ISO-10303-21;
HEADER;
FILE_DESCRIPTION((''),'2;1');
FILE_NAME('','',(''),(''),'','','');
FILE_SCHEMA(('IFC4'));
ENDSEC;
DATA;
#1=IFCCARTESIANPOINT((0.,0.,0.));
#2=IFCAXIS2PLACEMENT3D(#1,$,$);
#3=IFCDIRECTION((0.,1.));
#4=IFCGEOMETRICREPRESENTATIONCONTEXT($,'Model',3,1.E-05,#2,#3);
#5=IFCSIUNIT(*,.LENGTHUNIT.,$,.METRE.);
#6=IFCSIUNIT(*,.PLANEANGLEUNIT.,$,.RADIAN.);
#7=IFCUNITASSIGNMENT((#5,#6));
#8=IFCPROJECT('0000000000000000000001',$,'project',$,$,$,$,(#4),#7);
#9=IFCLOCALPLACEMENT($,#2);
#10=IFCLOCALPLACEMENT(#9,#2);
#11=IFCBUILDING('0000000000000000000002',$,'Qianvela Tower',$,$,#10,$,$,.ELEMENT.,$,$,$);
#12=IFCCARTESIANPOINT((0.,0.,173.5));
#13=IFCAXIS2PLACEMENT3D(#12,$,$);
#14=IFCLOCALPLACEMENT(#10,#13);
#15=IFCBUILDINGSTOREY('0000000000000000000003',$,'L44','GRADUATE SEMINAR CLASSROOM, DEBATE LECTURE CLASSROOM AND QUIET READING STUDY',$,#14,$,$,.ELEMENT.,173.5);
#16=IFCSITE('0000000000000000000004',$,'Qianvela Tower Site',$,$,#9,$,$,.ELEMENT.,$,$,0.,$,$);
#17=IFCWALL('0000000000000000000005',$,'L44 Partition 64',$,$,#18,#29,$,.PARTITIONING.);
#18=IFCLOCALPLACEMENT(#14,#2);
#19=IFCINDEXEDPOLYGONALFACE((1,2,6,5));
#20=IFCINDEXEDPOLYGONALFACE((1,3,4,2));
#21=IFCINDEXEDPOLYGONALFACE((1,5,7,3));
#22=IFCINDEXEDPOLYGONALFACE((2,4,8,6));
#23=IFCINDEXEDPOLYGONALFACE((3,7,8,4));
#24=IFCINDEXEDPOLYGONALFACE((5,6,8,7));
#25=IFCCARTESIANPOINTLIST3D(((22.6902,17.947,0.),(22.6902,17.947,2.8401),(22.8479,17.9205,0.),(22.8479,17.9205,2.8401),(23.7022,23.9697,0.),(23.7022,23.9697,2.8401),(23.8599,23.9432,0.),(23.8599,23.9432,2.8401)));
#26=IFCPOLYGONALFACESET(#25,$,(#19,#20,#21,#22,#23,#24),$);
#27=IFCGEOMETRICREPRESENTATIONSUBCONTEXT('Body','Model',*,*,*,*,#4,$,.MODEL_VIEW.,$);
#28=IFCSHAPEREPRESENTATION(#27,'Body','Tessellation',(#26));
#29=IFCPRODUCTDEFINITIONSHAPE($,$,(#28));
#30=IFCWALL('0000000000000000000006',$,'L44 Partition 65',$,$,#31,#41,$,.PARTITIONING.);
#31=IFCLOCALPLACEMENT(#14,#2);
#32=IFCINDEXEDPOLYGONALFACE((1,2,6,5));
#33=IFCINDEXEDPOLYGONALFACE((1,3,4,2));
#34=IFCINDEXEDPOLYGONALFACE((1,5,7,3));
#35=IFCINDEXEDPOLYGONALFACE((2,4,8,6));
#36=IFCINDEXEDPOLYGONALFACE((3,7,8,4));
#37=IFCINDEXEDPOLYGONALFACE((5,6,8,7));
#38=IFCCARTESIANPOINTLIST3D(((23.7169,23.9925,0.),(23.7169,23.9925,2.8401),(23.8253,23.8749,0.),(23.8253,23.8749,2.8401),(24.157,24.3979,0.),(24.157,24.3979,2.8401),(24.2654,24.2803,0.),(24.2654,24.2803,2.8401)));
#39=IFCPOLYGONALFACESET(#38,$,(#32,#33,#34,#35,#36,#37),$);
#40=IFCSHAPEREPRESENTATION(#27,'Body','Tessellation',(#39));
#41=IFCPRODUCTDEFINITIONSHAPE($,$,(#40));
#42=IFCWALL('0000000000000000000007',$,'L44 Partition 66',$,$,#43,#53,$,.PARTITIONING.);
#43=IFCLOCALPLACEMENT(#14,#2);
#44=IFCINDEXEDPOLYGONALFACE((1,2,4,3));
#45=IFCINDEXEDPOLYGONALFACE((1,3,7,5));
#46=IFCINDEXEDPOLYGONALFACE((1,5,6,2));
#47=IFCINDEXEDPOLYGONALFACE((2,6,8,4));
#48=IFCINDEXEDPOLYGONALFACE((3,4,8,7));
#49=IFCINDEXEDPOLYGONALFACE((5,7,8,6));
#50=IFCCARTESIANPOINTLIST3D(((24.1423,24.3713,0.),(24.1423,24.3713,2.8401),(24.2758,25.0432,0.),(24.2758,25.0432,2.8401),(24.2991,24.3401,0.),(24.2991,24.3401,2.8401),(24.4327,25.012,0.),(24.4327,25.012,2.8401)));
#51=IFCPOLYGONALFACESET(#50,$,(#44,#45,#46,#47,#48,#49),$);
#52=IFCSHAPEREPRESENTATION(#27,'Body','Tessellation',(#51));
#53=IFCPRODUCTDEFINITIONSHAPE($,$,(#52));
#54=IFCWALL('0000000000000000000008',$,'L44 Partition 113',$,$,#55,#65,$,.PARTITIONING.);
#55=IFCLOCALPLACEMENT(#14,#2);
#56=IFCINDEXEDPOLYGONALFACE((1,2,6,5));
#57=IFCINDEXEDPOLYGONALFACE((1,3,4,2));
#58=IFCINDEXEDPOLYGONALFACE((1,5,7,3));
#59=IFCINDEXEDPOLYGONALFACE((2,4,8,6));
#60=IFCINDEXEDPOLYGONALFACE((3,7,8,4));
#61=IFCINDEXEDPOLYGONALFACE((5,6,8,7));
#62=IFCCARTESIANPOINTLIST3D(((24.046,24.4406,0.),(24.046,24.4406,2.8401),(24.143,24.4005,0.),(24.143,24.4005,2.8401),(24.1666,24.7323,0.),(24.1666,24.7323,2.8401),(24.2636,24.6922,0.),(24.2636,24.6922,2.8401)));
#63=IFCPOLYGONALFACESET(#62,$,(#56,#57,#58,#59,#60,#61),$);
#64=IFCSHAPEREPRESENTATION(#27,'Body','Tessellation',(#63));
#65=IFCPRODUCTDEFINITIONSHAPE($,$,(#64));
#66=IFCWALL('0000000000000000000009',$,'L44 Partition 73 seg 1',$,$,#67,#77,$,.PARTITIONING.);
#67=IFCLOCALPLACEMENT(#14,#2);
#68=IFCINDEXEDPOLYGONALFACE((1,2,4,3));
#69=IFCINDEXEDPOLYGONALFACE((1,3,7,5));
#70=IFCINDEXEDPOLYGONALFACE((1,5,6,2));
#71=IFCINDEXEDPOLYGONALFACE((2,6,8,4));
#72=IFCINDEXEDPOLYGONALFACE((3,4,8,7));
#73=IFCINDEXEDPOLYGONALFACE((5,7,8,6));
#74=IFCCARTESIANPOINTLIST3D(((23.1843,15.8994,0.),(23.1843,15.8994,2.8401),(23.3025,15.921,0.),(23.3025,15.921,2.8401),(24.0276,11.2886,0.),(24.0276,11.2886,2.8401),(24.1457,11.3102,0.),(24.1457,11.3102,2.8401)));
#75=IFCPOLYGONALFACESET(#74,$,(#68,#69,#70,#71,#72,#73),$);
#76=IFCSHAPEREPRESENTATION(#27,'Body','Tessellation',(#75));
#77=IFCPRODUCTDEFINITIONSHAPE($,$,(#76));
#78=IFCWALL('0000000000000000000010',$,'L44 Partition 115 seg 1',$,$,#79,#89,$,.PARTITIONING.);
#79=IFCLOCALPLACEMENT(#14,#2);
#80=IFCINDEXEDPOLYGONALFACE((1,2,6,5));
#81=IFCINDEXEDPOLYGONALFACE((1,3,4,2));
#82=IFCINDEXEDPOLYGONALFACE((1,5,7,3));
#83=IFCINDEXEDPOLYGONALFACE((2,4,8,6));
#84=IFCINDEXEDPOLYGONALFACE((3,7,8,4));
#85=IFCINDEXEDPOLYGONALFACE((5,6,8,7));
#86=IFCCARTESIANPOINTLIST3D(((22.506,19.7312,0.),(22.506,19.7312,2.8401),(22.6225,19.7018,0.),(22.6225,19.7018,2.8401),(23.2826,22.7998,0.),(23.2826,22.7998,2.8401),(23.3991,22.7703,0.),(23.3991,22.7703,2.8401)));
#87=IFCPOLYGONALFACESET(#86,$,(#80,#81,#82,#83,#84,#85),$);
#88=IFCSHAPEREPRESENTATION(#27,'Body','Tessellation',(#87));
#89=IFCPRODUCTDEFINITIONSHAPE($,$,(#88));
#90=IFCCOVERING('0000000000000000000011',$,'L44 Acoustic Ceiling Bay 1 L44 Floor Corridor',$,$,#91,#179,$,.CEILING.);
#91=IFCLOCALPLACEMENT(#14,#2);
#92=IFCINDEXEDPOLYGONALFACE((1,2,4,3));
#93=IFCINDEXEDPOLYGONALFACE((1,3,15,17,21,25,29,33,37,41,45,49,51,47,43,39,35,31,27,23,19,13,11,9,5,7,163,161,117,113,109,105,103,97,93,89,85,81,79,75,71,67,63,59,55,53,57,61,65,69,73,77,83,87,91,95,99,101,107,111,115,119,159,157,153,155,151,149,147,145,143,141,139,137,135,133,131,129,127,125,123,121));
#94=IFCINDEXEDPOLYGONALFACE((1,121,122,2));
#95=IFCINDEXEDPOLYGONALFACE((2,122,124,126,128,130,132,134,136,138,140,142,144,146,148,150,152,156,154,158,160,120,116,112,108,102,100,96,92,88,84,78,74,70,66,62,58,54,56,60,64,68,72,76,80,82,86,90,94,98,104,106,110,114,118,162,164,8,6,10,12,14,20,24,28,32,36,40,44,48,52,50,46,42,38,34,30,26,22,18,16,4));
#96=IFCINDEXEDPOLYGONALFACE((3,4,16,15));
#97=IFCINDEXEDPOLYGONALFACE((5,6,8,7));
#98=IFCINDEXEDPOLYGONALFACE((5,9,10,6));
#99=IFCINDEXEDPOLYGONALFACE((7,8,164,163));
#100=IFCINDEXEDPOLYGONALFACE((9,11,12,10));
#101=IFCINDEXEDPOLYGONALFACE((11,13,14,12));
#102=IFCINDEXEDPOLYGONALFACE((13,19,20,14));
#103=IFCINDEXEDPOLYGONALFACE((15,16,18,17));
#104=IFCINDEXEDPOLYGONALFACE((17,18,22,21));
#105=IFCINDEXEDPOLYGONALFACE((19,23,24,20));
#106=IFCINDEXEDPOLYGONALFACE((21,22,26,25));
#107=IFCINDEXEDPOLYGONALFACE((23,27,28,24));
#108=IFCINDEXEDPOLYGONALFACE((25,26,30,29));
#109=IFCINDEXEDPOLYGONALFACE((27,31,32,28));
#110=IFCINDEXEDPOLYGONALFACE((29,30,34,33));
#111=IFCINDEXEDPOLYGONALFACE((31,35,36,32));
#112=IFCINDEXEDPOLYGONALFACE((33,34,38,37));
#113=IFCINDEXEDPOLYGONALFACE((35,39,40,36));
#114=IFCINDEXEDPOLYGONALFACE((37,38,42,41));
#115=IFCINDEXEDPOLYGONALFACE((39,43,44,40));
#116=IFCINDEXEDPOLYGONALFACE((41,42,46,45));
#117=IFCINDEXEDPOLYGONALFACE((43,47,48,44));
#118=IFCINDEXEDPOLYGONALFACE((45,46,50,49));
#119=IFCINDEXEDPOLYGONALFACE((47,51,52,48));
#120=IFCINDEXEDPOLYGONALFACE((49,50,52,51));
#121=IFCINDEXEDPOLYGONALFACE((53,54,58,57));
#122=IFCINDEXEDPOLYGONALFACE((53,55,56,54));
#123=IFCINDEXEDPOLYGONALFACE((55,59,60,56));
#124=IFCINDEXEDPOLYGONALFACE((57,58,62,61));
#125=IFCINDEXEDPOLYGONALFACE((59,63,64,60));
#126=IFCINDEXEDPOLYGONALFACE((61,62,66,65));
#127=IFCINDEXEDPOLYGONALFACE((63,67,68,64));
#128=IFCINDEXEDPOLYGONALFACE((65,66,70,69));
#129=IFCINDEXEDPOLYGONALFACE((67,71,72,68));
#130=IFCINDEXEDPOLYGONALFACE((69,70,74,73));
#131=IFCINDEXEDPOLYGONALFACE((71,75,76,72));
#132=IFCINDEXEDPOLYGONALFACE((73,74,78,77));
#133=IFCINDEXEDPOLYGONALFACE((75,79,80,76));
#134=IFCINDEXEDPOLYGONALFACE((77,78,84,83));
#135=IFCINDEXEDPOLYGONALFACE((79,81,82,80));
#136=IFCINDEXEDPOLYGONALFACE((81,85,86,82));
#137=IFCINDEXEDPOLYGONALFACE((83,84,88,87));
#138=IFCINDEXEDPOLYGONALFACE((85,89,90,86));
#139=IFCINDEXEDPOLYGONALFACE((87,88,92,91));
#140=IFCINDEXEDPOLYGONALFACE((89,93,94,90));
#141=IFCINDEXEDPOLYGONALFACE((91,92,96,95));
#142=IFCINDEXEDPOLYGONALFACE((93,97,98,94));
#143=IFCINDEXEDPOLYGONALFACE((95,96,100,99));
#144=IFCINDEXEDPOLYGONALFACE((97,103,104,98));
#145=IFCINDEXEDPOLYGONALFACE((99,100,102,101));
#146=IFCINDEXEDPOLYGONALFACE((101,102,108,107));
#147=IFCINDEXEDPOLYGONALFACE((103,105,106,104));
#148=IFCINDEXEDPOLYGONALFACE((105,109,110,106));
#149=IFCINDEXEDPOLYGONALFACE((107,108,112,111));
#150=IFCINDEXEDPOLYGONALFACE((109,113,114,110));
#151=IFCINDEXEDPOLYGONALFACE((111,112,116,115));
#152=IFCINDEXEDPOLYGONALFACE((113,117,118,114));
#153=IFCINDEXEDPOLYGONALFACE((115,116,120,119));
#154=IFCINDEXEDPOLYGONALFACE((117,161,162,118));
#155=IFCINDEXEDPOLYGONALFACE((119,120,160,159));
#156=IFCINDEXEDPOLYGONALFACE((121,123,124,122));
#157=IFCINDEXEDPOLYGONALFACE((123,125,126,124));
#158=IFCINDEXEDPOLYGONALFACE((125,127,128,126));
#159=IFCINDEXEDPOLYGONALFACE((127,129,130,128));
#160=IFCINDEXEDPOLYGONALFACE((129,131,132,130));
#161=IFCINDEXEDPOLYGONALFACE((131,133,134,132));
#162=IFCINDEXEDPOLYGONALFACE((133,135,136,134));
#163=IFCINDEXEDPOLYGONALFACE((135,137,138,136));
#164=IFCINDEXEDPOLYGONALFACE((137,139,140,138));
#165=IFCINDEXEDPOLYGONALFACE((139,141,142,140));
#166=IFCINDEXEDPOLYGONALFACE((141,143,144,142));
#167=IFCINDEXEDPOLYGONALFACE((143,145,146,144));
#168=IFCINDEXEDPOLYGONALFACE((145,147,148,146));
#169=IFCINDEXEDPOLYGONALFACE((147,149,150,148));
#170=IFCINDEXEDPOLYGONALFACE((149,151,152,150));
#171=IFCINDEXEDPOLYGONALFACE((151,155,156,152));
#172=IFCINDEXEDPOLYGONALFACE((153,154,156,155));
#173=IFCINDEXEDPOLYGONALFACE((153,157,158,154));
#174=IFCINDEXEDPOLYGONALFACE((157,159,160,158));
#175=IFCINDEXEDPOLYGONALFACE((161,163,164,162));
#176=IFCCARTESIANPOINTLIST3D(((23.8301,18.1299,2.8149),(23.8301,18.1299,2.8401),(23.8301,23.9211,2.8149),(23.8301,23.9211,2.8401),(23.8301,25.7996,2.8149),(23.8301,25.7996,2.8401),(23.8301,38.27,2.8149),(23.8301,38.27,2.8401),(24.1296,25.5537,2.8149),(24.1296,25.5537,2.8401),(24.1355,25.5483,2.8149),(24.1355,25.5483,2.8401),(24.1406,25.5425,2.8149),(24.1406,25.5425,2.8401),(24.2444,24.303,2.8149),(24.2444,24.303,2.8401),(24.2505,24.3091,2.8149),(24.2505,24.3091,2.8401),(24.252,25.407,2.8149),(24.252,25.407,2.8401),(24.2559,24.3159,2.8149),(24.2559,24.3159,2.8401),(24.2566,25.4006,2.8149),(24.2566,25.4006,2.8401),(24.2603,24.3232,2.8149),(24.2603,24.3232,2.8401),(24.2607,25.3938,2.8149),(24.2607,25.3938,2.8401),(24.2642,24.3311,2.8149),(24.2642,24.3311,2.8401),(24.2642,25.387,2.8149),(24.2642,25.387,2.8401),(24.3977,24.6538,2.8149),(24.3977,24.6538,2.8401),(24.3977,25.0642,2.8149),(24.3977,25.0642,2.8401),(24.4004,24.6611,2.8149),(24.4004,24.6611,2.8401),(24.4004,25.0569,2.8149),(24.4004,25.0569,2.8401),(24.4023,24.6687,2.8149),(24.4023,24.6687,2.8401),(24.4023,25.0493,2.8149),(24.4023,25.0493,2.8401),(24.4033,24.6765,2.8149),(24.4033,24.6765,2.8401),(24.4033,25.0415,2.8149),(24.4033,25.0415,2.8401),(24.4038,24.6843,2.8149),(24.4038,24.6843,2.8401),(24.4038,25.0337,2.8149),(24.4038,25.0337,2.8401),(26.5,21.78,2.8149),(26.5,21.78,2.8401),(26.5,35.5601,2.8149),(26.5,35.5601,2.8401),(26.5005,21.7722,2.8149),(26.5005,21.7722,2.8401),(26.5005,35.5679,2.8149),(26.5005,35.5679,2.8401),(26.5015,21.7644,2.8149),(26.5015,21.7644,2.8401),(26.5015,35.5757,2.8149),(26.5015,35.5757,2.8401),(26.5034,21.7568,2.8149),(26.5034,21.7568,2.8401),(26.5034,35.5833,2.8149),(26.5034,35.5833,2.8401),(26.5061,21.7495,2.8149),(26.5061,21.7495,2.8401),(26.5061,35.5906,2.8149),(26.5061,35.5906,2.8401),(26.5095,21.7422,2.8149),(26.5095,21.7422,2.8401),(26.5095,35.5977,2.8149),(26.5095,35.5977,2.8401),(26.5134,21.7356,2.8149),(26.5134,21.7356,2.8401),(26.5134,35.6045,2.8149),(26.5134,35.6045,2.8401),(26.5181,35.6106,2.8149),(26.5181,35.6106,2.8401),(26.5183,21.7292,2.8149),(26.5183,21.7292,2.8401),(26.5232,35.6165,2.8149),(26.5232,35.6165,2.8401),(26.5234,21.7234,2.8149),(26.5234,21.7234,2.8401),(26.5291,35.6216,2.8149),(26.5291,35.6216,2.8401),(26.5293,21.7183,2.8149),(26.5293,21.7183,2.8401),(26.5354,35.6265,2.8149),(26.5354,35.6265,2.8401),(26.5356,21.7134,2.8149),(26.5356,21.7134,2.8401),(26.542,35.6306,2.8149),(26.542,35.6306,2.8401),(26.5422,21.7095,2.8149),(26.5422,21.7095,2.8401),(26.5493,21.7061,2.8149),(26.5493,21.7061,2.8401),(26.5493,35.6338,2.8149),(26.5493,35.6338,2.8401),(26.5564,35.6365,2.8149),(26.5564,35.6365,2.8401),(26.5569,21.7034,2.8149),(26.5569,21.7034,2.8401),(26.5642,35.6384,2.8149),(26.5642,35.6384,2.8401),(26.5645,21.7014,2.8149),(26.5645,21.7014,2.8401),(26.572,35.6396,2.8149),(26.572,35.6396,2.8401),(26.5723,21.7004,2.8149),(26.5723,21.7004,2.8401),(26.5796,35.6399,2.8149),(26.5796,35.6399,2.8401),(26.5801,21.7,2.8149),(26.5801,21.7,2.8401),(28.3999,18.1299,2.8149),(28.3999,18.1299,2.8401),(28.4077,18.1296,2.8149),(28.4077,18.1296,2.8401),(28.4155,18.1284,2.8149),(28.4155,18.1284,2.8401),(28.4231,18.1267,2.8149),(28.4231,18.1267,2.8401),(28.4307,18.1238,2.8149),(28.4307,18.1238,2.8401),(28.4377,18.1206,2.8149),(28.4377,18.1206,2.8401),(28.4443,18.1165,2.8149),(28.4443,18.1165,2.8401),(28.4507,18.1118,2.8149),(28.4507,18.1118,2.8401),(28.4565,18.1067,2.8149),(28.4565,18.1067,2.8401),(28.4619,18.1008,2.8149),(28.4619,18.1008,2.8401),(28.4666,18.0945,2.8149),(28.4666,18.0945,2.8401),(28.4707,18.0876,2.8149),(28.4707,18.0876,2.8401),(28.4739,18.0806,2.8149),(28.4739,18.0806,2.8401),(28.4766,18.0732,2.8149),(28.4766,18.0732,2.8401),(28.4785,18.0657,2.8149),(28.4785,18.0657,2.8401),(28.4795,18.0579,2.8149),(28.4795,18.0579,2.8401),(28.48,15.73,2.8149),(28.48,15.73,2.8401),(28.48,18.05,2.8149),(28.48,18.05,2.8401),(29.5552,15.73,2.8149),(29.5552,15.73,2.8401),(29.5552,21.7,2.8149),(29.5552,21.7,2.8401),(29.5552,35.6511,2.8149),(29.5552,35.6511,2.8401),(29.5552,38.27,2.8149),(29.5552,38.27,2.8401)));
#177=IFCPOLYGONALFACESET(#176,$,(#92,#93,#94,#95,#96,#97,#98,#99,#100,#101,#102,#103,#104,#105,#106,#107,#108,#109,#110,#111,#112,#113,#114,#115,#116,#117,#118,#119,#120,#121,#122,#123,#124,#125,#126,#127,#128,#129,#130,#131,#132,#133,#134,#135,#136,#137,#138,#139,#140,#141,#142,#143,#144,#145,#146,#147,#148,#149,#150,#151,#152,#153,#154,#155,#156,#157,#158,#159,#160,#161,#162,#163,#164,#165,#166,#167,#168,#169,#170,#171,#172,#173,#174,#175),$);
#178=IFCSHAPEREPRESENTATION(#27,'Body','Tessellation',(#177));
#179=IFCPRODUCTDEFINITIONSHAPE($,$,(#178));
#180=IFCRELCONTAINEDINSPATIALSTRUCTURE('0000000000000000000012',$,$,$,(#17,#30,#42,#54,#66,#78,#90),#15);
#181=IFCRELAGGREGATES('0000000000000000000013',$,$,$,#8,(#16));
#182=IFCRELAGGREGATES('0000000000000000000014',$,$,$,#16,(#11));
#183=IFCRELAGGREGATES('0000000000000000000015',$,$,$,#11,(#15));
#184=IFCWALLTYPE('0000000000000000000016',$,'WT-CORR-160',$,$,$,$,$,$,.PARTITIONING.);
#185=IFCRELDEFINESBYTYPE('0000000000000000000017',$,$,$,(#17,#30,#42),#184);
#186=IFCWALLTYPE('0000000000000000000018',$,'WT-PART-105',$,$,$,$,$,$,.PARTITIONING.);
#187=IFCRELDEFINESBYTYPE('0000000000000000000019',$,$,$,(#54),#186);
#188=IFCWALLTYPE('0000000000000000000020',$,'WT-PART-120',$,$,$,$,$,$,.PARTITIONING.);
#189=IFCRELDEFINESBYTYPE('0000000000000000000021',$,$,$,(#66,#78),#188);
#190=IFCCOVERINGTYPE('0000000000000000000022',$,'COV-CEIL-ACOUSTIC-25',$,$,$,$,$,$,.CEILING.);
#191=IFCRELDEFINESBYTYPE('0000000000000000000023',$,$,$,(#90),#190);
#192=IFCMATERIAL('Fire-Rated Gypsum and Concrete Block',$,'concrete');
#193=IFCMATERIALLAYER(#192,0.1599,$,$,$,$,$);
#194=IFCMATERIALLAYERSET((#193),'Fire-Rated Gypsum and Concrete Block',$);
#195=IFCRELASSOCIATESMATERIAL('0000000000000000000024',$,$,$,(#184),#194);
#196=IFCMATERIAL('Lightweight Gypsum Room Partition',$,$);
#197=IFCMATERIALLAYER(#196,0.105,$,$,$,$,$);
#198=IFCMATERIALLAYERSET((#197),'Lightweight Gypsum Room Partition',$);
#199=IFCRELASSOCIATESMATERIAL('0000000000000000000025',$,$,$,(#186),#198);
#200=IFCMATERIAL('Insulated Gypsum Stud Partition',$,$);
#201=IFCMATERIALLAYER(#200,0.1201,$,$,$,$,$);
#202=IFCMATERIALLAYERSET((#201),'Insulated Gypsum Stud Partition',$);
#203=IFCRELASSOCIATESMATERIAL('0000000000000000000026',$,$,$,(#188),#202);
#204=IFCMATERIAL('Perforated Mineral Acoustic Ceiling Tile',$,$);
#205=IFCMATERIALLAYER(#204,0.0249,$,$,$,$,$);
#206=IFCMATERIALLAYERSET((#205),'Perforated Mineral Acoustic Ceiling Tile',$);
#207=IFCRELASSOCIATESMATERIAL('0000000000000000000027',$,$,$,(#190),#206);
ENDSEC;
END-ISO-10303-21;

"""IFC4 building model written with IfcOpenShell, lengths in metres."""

from ifc_helpers import new_model, si_unit, direction, frame, frame_2d, origin, place, context, subcontext, project, spatial, polyline, rectangle, outline, extrude, material, layer, layer_set, type_object, element, save


model = new_model("IFC4")

# Units and contexts
model_context = context("Model", 3, precision=1e-05, world=origin(), true_north=direction((0.0, 1.0)))
body_context = subcontext(model_context, "Body", "Model", "MODEL_VIEW")
ifc_project = project(units=[si_unit("LENGTHUNIT", "METRE"), si_unit("PLANEANGLEUNIT", "RADIAN")], contexts=[model_context])

# Site, building, storey
site_placement = place(None, origin())
site = spatial("IfcSite", under=ifc_project, at=site_placement, Name="Qianvela Tower Site", CompositionType="ELEMENT", RefElevation=0.0)
building_placement = place(site_placement, origin())
building = spatial("IfcBuilding", under=site, at=building_placement, Name="Qianvela Tower", CompositionType="ELEMENT")
storey_placement = place(building_placement, frame((0.0, 0.0, 173.5)))
storey = spatial("IfcBuildingStorey", under=building, at=storey_placement, Name="L44", Description="GRADUATE SEMINAR CLASSROOM, DEBATE LECTURE CLASSROOM AND QUIET READING STUDY", CompositionType="ELEMENT", Elevation=173.5)

# Walls
ifc_material_1 = material(Name="Fire-Rated Gypsum and Concrete Block", Category="concrete")
ifc_layer_1 = layer(ifc_material_1, 0.1599)
ifc_layer_set_1 = layer_set([ifc_layer_1], Name="Fire-Rated Gypsum and Concrete Block")
wall_type_1 = type_object("IfcWallType", Name="WT-CORR-160", PredefinedType="PARTITIONING", material=ifc_layer_set_1)
wall_1_placement = place(storey_placement, frame((22.769, 17.9336, 0.0), z_axis=(0.0, 0.0, 1.0), x_axis=(0.165702, 0.986176, 0.0)))
element("IfcWall", 1, at=wall_1_placement, inside=storey, type_object=wall_type_1, Name="L44 Partition 64", PredefinedType="PARTITIONING", context=body_context, shape_type="SweptSolid", body=[
    extrude(rectangle(XDim=6.1072, YDim=0.1599, at=frame_2d((3.0537, 0.0))), origin(), (0.0, 0.0, 1.0), 2.8401),
])
wall_2_placement = place(storey_placement, frame((23.771, 23.9336, 0.0), z_axis=(0.0, 0.0, 1.0), x_axis=(0.735476, 0.677551, 0.0)))
element("IfcWall", 2, at=wall_2_placement, inside=storey, type_object=wall_type_1, Name="L44 Partition 65", PredefinedType="PARTITIONING", context=body_context, shape_type="SweptSolid", body=[
    extrude(rectangle(XDim=0.5984, YDim=0.1599, at=frame_2d((0.2993, 0.0))), origin(), (0.0, 0.0, 1.0), 2.8401),
])
wall_3_placement = place(storey_placement, frame((24.2207, 24.3557, 0.0), z_axis=(0.0, 0.0, 1.0), x_axis=(0.194951, 0.980813, 0.0)))
element("IfcWall", 3, at=wall_3_placement, inside=storey, type_object=wall_type_1, Name="L44 Partition 66", PredefinedType="PARTITIONING", context=body_context, shape_type="SweptSolid", body=[
    extrude(rectangle(XDim=0.6851, YDim=0.1599, at=frame_2d((0.3425, 0.0))), origin(), (0.0, 0.0, 1.0), 2.8401),
])
ifc_material_2 = material(Name="Lightweight Gypsum Room Partition")
ifc_layer_2 = layer(ifc_material_2, 0.105)
ifc_layer_set_2 = layer_set([ifc_layer_2], Name="Lightweight Gypsum Room Partition")
wall_type_2 = type_object("IfcWallType", Name="WT-PART-105", PredefinedType="PARTITIONING", material=ifc_layer_set_2)
wall_4_placement = place(storey_placement, frame((24.2151, 24.7122, 0.0), z_axis=(0.0, 0.0, 1.0), x_axis=(-0.382033, -0.924149, 0.0)))
element("IfcWall", 4, at=wall_4_placement, inside=storey, type_object=wall_type_2, Name="L44 Partition 113", PredefinedType="PARTITIONING", context=body_context, shape_type="SweptSolid", body=[
    extrude(rectangle(XDim=0.3157, YDim=0.105, at=frame_2d((0.1577, 0.0))), origin(), (0.0, 0.0, 1.0), 2.8401),
])
ifc_material_3 = material(Name="Insulated Gypsum Stud Partition")
ifc_layer_3 = layer(ifc_material_3, 0.1201)
ifc_layer_set_3 = layer_set([ifc_layer_3], Name="Insulated Gypsum Stud Partition")
wall_type_3 = type_object("IfcWallType", Name="WT-PART-120", PredefinedType="PARTITIONING", material=ifc_layer_set_3)
wall_5_placement = place(storey_placement, frame((24.0867, 11.2993, 0.0), z_axis=(0.0, 0.0, 1.0), x_axis=(-0.179903, 0.983684, 0.0)))
element("IfcWall", 5, at=wall_5_placement, inside=storey, type_object=wall_type_3, Name="L44 Partition 73 seg 1", PredefinedType="PARTITIONING", context=body_context, shape_type="SweptSolid", body=[
    extrude(rectangle(XDim=4.6873, YDim=0.1201, at=frame_2d((2.3438, 0.0))), origin(), (0.0, 0.0, 1.0), 2.8401),
])
wall_6_placement = place(storey_placement, frame((23.3408, 22.7849, 0.0), z_axis=(0.0, 0.0, 1.0), x_axis=(-0.245348, -0.969435, 0.0)))
element("IfcWall", 6, at=wall_6_placement, inside=storey, type_object=wall_type_3, Name="L44 Partition 115 seg 1", PredefinedType="PARTITIONING", context=body_context, shape_type="SweptSolid", body=[
    extrude(rectangle(XDim=3.1653, YDim=0.1201, at=frame_2d((1.5825, 0.0))), origin(), (0.0, 0.0, 1.0), 2.8401),
])

# Covering
ifc_material_4 = material(Name="Perforated Mineral Acoustic Ceiling Tile")
ifc_layer_4 = layer(ifc_material_4, 0.0249)
ifc_layer_set_4 = layer_set([ifc_layer_4], Name="Perforated Mineral Acoustic Ceiling Tile")
covering_type_1 = type_object("IfcCoveringType", Name="COV-CEIL-ACOUSTIC-25", PredefinedType="CEILING", material=ifc_layer_set_4)
covering_1_placement = place(storey_placement, frame((0.0, 0.0, 2.8149)))
element("IfcCovering", 7, at=covering_1_placement, inside=storey, type_object=covering_type_1, Name="L44 Acoustic Ceiling Bay 1 L44 Floor Corridor", PredefinedType="CEILING", context=body_context, shape_type="SweptSolid", body=[
    extrude(outline(polyline([(24.4033, 25.0415), (24.4023, 25.0493), (24.4004, 25.0569), (24.3977, 25.0642), (24.2642, 25.387), (24.2607, 25.3938), (24.2566, 25.4006), (24.252, 25.407), (24.1406, 25.5425), (24.1355, 25.5483), (24.1296, 25.5537), (23.8301, 25.7996), (23.8301, 38.27), (29.5552, 38.27), (29.5552, 35.6511), (26.5796, 35.6399), (26.572, 35.6396), (26.5642, 35.6384), (26.5564, 35.6365), (26.5493, 35.6338), (26.542, 35.6306), (26.5354, 35.6265), (26.5291, 35.6216), (26.5232, 35.6165), (26.5181, 35.6106), (26.5134, 35.6045), (26.5095, 35.5977), (26.5061, 35.5906), (26.5034, 35.5833), (26.5015, 35.5757), (26.5005, 35.5679), (26.5, 35.5601), (26.5, 21.78), (26.5005, 21.7722), (26.5015, 21.7644), (26.5034, 21.7568), (26.5061, 21.7495), (26.5095, 21.7422), (26.5134, 21.7356), (26.5183, 21.7292), (26.5234, 21.7234), (26.5293, 21.7183), (26.5356, 21.7134), (26.5422, 21.7095), (26.5493, 21.7061), (26.5569, 21.7034), (26.5645, 21.7014), (26.5723, 21.7004), (26.5801, 21.7), (29.5552, 21.7), (29.5552, 15.73), (28.48, 15.73), (28.48, 18.05), (28.4795, 18.0579), (28.4785, 18.0657), (28.4766, 18.0732), (28.4739, 18.0806), (28.4707, 18.0876), (28.4666, 18.0945), (28.4619, 18.1008), (28.4565, 18.1067), (28.4507, 18.1118), (28.4443, 18.1165), (28.4377, 18.1206), (28.4307, 18.1238), (28.4231, 18.1267), (28.4155, 18.1284), (28.4077, 18.1296), (28.3999, 18.1299), (23.8301, 18.1299), (23.8301, 23.9211), (24.2444, 24.303), (24.2505, 24.3091), (24.2559, 24.3159), (24.2603, 24.3232), (24.2642, 24.3311), (24.3977, 24.6538), (24.4004, 24.6611), (24.4023, 24.6687), (24.4033, 24.6765), (24.4038, 24.6843), (24.4038, 25.0337), (24.4033, 25.0415)])), origin(), (0.0, 0.0, 1.0), 0.0251),
])

save(model, "model.ifc")
